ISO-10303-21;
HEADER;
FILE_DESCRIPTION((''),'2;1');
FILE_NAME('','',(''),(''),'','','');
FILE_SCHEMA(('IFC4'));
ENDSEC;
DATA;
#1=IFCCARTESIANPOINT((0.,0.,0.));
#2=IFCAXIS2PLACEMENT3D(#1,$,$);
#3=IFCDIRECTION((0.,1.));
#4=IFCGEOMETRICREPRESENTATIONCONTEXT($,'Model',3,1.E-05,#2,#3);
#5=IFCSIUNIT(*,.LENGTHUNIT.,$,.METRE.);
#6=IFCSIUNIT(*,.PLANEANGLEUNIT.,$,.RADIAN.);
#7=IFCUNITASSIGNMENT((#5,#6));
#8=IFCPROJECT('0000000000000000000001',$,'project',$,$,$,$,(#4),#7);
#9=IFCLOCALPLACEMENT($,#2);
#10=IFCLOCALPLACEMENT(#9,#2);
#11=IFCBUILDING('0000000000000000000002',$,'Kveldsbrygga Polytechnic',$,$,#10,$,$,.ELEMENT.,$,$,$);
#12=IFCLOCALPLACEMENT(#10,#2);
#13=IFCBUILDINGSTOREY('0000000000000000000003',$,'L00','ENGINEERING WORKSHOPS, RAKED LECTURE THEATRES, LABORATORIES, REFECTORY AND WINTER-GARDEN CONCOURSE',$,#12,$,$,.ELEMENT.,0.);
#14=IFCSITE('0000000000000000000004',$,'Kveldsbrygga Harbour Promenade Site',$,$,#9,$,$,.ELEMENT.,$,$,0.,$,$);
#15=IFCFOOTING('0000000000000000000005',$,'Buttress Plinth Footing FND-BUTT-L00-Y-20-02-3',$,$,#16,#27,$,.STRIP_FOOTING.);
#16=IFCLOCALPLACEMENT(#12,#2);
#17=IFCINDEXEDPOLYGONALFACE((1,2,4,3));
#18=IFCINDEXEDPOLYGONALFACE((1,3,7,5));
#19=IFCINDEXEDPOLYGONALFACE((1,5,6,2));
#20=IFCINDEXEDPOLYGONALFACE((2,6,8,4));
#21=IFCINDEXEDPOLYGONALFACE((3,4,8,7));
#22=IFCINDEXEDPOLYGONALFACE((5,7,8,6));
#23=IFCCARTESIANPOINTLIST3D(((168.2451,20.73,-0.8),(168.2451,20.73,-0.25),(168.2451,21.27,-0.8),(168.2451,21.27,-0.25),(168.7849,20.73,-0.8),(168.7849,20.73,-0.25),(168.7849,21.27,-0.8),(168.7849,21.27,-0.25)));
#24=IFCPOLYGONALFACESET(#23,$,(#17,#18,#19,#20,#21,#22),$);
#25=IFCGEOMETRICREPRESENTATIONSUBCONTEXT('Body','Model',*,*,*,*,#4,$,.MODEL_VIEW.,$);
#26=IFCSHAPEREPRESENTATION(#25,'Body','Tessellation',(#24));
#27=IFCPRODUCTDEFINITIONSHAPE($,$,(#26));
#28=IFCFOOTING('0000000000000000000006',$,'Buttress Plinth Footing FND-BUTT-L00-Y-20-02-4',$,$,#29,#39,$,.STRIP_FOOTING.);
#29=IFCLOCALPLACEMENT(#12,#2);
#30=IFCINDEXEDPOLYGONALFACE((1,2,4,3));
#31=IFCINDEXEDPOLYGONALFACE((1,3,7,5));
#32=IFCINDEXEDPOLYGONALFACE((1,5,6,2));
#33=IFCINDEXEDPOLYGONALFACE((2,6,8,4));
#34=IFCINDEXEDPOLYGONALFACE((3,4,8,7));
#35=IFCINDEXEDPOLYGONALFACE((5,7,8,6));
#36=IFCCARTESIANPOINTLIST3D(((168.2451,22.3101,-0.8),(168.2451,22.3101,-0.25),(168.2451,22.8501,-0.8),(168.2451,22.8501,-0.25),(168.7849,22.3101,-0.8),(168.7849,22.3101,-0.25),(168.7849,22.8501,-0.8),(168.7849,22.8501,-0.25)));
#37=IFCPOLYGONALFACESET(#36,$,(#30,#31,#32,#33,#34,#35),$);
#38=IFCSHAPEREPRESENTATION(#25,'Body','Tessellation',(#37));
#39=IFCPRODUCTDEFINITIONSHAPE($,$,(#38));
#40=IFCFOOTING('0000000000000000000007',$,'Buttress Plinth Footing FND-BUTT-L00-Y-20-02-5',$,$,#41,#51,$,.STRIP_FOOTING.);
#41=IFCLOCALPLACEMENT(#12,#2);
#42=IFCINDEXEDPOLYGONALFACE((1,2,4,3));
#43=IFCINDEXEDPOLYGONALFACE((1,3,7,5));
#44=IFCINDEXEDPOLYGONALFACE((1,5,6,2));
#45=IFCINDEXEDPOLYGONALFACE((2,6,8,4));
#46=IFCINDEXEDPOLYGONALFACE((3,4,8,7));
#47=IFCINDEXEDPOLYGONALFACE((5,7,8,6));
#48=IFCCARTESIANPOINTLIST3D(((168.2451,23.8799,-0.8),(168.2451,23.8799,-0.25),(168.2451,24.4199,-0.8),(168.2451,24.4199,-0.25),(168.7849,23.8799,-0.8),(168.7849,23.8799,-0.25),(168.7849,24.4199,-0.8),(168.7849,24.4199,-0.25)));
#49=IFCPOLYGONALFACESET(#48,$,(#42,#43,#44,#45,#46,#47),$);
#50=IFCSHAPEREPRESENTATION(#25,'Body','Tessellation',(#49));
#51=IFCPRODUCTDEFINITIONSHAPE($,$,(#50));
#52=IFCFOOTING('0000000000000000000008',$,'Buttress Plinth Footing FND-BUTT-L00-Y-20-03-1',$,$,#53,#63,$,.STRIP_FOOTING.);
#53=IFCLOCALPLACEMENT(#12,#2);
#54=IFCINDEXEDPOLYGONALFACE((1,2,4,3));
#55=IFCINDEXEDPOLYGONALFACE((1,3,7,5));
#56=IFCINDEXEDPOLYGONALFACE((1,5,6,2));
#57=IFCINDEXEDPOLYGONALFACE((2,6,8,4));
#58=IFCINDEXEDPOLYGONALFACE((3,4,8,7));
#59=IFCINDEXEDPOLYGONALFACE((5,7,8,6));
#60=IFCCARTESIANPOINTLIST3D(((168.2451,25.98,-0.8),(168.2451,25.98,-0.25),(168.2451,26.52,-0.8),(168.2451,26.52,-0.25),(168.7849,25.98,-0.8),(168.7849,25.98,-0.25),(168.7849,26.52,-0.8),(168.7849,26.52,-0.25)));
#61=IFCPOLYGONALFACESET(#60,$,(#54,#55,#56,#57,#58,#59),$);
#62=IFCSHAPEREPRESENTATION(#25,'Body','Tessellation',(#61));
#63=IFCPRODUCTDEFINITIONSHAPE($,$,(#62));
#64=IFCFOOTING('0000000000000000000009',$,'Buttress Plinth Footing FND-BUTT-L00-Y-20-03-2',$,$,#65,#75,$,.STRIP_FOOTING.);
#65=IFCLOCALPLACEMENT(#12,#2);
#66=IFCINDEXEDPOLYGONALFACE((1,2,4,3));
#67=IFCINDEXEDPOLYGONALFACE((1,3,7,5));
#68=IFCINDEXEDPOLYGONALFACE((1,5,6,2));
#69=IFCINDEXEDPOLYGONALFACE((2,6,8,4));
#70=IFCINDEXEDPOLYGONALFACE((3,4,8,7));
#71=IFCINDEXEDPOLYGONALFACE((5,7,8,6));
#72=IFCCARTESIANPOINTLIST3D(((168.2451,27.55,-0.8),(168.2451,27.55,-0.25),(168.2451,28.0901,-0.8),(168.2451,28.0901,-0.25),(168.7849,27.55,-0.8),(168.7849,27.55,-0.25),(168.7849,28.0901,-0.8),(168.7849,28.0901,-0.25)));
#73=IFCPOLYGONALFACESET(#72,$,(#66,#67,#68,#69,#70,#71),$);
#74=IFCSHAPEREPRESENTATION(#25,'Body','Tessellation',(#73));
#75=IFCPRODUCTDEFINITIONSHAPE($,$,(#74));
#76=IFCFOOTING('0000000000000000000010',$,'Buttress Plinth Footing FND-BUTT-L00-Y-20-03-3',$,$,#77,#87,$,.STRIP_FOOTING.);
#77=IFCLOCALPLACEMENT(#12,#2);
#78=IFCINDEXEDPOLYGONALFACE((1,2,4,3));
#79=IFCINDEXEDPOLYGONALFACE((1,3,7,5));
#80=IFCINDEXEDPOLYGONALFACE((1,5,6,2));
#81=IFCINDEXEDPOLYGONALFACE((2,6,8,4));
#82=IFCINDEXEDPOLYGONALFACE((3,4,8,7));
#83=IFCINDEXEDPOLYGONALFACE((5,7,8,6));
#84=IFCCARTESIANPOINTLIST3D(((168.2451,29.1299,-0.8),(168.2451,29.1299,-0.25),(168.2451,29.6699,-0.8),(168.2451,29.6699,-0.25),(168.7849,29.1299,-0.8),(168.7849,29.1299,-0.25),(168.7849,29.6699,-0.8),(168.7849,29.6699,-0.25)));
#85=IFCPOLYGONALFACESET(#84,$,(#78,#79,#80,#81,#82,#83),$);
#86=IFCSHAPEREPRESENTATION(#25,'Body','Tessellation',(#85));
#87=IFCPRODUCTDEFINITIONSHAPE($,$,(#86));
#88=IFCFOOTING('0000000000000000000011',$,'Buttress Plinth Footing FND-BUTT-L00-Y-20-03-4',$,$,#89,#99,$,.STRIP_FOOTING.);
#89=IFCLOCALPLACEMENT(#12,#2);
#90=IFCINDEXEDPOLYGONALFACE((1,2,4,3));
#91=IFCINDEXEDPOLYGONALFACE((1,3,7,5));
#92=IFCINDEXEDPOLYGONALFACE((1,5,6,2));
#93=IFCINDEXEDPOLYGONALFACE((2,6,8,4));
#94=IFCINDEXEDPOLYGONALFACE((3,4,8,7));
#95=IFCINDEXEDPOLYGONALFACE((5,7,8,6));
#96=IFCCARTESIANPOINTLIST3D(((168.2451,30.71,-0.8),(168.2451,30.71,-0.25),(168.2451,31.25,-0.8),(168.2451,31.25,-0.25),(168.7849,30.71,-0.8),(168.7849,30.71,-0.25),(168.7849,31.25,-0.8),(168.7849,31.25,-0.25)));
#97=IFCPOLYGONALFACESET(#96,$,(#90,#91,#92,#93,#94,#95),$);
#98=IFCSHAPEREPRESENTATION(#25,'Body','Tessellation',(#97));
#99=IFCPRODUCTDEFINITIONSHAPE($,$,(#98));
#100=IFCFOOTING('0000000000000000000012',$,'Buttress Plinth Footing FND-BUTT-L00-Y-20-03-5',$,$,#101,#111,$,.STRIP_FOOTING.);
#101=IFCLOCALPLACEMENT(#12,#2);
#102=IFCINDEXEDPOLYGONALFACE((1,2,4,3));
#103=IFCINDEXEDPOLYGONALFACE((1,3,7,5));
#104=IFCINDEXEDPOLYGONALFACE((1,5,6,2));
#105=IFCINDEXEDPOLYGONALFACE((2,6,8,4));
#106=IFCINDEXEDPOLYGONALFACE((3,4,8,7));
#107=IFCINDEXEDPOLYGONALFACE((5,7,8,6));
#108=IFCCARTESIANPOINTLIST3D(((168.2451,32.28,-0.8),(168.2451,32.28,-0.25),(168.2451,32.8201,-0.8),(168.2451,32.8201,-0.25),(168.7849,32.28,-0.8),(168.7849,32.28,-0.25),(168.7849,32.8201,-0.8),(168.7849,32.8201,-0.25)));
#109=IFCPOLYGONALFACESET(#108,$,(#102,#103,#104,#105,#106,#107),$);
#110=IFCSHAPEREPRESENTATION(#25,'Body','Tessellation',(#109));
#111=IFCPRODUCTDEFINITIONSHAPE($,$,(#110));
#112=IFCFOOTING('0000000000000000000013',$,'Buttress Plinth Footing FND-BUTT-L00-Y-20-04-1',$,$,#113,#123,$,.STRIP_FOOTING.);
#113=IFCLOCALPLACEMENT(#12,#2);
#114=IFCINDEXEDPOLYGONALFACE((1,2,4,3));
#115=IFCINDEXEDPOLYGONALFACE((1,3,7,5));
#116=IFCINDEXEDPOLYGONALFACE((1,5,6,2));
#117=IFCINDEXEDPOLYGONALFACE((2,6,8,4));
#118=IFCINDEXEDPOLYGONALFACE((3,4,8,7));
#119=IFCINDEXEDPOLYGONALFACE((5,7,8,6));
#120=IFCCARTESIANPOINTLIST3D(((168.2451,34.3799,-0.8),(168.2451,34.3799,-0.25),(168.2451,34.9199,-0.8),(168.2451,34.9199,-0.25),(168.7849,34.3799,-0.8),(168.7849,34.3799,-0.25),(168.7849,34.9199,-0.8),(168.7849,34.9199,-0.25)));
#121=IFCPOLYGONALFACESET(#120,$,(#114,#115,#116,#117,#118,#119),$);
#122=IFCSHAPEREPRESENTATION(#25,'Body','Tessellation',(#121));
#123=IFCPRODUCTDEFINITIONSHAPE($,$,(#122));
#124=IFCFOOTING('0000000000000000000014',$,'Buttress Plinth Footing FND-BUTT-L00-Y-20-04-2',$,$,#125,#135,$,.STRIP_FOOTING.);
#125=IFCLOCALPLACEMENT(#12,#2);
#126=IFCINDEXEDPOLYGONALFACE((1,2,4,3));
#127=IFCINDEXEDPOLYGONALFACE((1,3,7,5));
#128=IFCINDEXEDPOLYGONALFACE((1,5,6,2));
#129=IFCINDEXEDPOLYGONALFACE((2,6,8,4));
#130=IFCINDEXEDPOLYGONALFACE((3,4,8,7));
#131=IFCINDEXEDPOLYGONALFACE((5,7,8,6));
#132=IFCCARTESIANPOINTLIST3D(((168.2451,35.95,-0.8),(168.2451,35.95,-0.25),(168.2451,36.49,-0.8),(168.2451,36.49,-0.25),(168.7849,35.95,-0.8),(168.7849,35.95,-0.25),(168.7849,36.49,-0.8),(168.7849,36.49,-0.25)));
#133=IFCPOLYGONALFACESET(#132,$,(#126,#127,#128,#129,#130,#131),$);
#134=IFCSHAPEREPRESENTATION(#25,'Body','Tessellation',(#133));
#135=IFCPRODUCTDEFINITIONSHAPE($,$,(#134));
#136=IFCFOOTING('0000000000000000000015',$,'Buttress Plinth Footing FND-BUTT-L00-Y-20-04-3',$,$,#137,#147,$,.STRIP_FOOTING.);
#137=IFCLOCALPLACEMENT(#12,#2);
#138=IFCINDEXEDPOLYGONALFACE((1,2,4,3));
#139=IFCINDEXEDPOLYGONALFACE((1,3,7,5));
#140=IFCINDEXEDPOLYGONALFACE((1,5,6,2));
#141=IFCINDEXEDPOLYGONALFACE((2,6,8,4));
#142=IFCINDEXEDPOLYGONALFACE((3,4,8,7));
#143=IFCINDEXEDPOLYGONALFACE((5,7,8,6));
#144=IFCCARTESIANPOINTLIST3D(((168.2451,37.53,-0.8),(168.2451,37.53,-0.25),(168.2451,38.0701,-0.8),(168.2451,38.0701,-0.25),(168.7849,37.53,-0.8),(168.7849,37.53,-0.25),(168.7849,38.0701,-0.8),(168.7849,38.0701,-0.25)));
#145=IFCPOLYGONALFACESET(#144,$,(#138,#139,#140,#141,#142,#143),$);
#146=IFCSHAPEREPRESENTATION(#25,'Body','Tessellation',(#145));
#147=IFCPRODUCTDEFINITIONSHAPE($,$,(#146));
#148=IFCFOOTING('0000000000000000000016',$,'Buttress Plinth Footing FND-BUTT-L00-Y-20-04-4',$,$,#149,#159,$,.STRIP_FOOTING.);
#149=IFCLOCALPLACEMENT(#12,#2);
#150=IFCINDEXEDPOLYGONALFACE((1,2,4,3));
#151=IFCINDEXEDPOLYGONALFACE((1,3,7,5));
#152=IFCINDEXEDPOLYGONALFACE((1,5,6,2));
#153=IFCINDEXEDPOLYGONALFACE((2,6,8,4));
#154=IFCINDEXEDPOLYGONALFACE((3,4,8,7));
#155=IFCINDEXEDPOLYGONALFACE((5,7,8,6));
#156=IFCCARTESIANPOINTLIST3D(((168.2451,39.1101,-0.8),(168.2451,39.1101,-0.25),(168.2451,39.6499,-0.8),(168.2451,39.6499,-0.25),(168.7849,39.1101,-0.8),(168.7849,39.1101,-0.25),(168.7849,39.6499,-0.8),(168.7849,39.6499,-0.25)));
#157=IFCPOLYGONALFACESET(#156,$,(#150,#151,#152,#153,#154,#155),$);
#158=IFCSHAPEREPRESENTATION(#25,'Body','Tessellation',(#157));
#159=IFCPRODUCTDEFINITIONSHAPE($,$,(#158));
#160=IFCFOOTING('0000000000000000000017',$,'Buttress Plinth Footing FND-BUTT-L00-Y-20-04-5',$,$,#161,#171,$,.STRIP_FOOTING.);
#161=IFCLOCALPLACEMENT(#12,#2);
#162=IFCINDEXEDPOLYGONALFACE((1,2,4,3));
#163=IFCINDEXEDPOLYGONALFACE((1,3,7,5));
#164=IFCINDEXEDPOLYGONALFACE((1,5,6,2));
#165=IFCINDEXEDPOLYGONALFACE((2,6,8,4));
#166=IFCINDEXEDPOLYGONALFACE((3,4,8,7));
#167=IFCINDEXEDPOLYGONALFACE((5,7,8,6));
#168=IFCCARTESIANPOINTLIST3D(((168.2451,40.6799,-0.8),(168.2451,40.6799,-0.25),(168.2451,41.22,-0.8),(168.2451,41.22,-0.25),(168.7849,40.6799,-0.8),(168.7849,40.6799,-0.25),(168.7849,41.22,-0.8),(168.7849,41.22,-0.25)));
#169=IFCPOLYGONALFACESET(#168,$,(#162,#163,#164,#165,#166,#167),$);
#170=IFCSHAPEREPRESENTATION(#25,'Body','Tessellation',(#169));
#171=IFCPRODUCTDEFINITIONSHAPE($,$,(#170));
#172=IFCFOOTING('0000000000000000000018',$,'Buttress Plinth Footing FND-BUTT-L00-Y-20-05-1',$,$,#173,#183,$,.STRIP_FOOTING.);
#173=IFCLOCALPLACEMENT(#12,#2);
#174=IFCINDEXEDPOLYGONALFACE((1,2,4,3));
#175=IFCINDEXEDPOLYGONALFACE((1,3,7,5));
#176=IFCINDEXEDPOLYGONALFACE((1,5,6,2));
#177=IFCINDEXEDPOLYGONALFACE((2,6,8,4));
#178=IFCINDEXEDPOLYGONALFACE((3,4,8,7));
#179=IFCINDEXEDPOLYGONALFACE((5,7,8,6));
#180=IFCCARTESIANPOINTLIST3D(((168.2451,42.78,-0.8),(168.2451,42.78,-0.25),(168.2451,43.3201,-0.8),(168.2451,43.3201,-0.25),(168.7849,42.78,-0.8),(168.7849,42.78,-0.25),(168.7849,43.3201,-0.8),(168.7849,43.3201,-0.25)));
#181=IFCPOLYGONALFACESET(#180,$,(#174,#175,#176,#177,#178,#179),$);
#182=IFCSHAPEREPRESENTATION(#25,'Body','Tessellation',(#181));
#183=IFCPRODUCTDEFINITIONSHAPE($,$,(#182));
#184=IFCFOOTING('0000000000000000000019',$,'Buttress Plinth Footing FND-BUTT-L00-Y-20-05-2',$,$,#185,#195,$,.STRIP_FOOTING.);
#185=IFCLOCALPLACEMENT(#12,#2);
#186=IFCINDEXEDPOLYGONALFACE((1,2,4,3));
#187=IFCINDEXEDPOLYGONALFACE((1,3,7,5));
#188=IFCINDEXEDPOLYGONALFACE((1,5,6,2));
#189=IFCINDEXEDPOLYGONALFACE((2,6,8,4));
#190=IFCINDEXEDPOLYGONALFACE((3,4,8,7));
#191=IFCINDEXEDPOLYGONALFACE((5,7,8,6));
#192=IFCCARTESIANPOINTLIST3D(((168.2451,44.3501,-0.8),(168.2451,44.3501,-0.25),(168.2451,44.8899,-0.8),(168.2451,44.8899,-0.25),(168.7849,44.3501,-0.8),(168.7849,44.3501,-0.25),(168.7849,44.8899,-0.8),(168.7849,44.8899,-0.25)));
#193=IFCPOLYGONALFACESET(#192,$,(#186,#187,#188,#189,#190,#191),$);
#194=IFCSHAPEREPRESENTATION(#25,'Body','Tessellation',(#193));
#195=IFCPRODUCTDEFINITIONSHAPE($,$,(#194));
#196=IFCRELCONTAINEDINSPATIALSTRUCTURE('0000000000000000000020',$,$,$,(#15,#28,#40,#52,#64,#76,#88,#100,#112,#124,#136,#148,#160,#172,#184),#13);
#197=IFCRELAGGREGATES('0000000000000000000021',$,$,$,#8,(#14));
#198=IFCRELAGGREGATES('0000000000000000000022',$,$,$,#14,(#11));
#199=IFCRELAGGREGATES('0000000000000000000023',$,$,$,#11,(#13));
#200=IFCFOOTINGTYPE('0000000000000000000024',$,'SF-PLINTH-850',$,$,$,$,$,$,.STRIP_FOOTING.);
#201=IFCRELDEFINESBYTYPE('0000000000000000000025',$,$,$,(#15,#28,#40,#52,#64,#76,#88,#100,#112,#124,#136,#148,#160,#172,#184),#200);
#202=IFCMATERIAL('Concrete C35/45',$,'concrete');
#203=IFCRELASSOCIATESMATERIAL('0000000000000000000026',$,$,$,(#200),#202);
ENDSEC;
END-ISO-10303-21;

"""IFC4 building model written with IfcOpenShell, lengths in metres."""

from ifc_helpers import new_model, si_unit, direction, frame, origin, place, context, subcontext, project, spatial, polyline, outline, extrude, material, type_object, element, save


model = new_model("IFC4")

# Units and contexts
model_context = context("Model", 3, precision=1e-05, world=origin(), true_north=direction((0.0, 1.0)))
body_context = subcontext(model_context, "Body", "Model", "MODEL_VIEW")
ifc_project = project(units=[si_unit("LENGTHUNIT", "METRE"), si_unit("PLANEANGLEUNIT", "RADIAN")], contexts=[model_context])

# Site, building, storey
site_placement = place(None, origin())
site = spatial("IfcSite", under=ifc_project, at=site_placement, Name="Kveldsbrygga Harbour Promenade Site", CompositionType="ELEMENT", RefElevation=0.0)
building_placement = place(site_placement, origin())
building = spatial("IfcBuilding", under=site, at=building_placement, Name="Kveldsbrygga Polytechnic", CompositionType="ELEMENT")
storey_placement = place(building_placement, origin())
storey = spatial("IfcBuildingStorey", under=building, at=storey_placement, Name="L00", Description="ENGINEERING WORKSHOPS, RAKED LECTURE THEATRES, LABORATORIES, REFECTORY AND WINTER-GARDEN CONCOURSE", CompositionType="ELEMENT", Elevation=0.0)

# Footings
ifc_material = material(Name="Concrete C35/45", Category="concrete")
footing_type = type_object("IfcFootingType", Name="SF-PLINTH-850", PredefinedType="STRIP_FOOTING", material=ifc_material)
footing_1_placement = place(storey_placement, frame((0.0, 0.0, -0.8)))
element("IfcFooting", 1, at=footing_1_placement, inside=storey, type_object=footing_type, Name="Buttress Plinth Footing FND-BUTT-L00-Y-20-02-3", PredefinedType="STRIP_FOOTING", context=body_context, shape_type="SweptSolid", body=[
    extrude(outline(polyline([(168.2451, 20.73), (168.7849, 20.73), (168.7849, 21.27), (168.2451, 21.27), (168.2451, 20.73)])), origin(), (0.0, 0.0, 1.0), 0.55),
])
footing_2_placement = place(storey_placement, frame((0.0, 0.0, -0.8)))
element("IfcFooting", 2, at=footing_2_placement, inside=storey, type_object=footing_type, Name="Buttress Plinth Footing FND-BUTT-L00-Y-20-02-4", PredefinedType="STRIP_FOOTING", context=body_context, shape_type="SweptSolid", body=[
    extrude(outline(polyline([(168.2451, 22.3101), (168.7849, 22.3101), (168.7849, 22.8501), (168.2451, 22.8501), (168.2451, 22.3101)])), origin(), (0.0, 0.0, 1.0), 0.55),
])
footing_3_placement = place(storey_placement, frame((0.0, 0.0, -0.8)))
element("IfcFooting", 3, at=footing_3_placement, inside=storey, type_object=footing_type, Name="Buttress Plinth Footing FND-BUTT-L00-Y-20-02-5", PredefinedType="STRIP_FOOTING", context=body_context, shape_type="SweptSolid", body=[
    extrude(outline(polyline([(168.2451, 23.8799), (168.7849, 23.8799), (168.7849, 24.4199), (168.2451, 24.4199), (168.2451, 23.8799)])), origin(), (0.0, 0.0, 1.0), 0.55),
])
footing_4_placement = place(storey_placement, frame((0.0, 0.0, -0.8)))
element("IfcFooting", 4, at=footing_4_placement, inside=storey, type_object=footing_type, Name="Buttress Plinth Footing FND-BUTT-L00-Y-20-03-1", PredefinedType="STRIP_FOOTING", context=body_context, shape_type="SweptSolid", body=[
    extrude(outline(polyline([(168.2451, 25.98), (168.7849, 25.98), (168.7849, 26.52), (168.2451, 26.52), (168.2451, 25.98)])), origin(), (0.0, 0.0, 1.0), 0.55),
])
footing_5_placement = place(storey_placement, frame((0.0, 0.0, -0.8)))
element("IfcFooting", 5, at=footing_5_placement, inside=storey, type_object=footing_type, Name="Buttress Plinth Footing FND-BUTT-L00-Y-20-03-2", PredefinedType="STRIP_FOOTING", context=body_context, shape_type="SweptSolid", body=[
    extrude(outline(polyline([(168.2451, 27.55), (168.7849, 27.55), (168.7849, 28.0901), (168.2451, 28.0901), (168.2451, 27.55)])), origin(), (0.0, 0.0, 1.0), 0.55),
])
footing_6_placement = place(storey_placement, frame((0.0, 0.0, -0.8)))
element("IfcFooting", 6, at=footing_6_placement, inside=storey, type_object=footing_type, Name="Buttress Plinth Footing FND-BUTT-L00-Y-20-03-3", PredefinedType="STRIP_FOOTING", context=body_context, shape_type="SweptSolid", body=[
    extrude(outline(polyline([(168.2451, 29.1299), (168.7849, 29.1299), (168.7849, 29.6699), (168.2451, 29.6699), (168.2451, 29.1299)])), origin(), (0.0, 0.0, 1.0), 0.55),
])
footing_7_placement = place(storey_placement, frame((0.0, 0.0, -0.8)))
element("IfcFooting", 7, at=footing_7_placement, inside=storey, type_object=footing_type, Name="Buttress Plinth Footing FND-BUTT-L00-Y-20-03-4", PredefinedType="STRIP_FOOTING", context=body_context, shape_type="SweptSolid", body=[
    extrude(outline(polyline([(168.2451, 30.71), (168.7849, 30.71), (168.7849, 31.25), (168.2451, 31.25), (168.2451, 30.71)])), origin(), (0.0, 0.0, 1.0), 0.55),
])
footing_8_placement = place(storey_placement, frame((0.0, 0.0, -0.8)))
element("IfcFooting", 8, at=footing_8_placement, inside=storey, type_object=footing_type, Name="Buttress Plinth Footing FND-BUTT-L00-Y-20-03-5", PredefinedType="STRIP_FOOTING", context=body_context, shape_type="SweptSolid", body=[
    extrude(outline(polyline([(168.2451, 32.28), (168.7849, 32.28), (168.7849, 32.8201), (168.2451, 32.8201), (168.2451, 32.28)])), origin(), (0.0, 0.0, 1.0), 0.55),
])
footing_9_placement = place(storey_placement, frame((0.0, 0.0, -0.8)))
element("IfcFooting", 9, at=footing_9_placement, inside=storey, type_object=footing_type, Name="Buttress Plinth Footing FND-BUTT-L00-Y-20-04-1", PredefinedType="STRIP_FOOTING", context=body_context, shape_type="SweptSolid", body=[
    extrude(outline(polyline([(168.2451, 34.3799), (168.7849, 34.3799), (168.7849, 34.9199), (168.2451, 34.9199), (168.2451, 34.3799)])), origin(), (0.0, 0.0, 1.0), 0.55),
])
footing_10_placement = place(storey_placement, frame((0.0, 0.0, -0.8)))
element("IfcFooting", 10, at=footing_10_placement, inside=storey, type_object=footing_type, Name="Buttress Plinth Footing FND-BUTT-L00-Y-20-04-2", PredefinedType="STRIP_FOOTING", context=body_context, shape_type="SweptSolid", body=[
    extrude(outline(polyline([(168.2451, 35.95), (168.7849, 35.95), (168.7849, 36.49), (168.2451, 36.49), (168.2451, 35.95)])), origin(), (0.0, 0.0, 1.0), 0.55),
])
footing_11_placement = place(storey_placement, frame((0.0, 0.0, -0.8)))
element("IfcFooting", 11, at=footing_11_placement, inside=storey, type_object=footing_type, Name="Buttress Plinth Footing FND-BUTT-L00-Y-20-04-3", PredefinedType="STRIP_FOOTING", context=body_context, shape_type="SweptSolid", body=[
    extrude(outline(polyline([(168.2451, 37.53), (168.7849, 37.53), (168.7849, 38.0701), (168.2451, 38.0701), (168.2451, 37.53)])), origin(), (0.0, 0.0, 1.0), 0.55),
])
footing_12_placement = place(storey_placement, frame((0.0, 0.0, -0.8)))
element("IfcFooting", 12, at=footing_12_placement, inside=storey, type_object=footing_type, Name="Buttress Plinth Footing FND-BUTT-L00-Y-20-04-4", PredefinedType="STRIP_FOOTING", context=body_context, shape_type="SweptSolid", body=[
    extrude(outline(polyline([(168.2451, 39.1101), (168.7849, 39.1101), (168.7849, 39.6499), (168.2451, 39.6499), (168.2451, 39.1101)])), origin(), (0.0, 0.0, 1.0), 0.55),
])
footing_13_placement = place(storey_placement, frame((0.0, 0.0, -0.8)))
element("IfcFooting", 13, at=footing_13_placement, inside=storey, type_object=footing_type, Name="Buttress Plinth Footing FND-BUTT-L00-Y-20-04-5", PredefinedType="STRIP_FOOTING", context=body_context, shape_type="SweptSolid", body=[
    extrude(outline(polyline([(168.2451, 40.6799), (168.7849, 40.6799), (168.7849, 41.22), (168.2451, 41.22), (168.2451, 40.6799)])), origin(), (0.0, 0.0, 1.0), 0.55),
])
footing_14_placement = place(storey_placement, frame((0.0, 0.0, -0.8)))
element("IfcFooting", 14, at=footing_14_placement, inside=storey, type_object=footing_type, Name="Buttress Plinth Footing FND-BUTT-L00-Y-20-05-1", PredefinedType="STRIP_FOOTING", context=body_context, shape_type="SweptSolid", body=[
    extrude(outline(polyline([(168.2451, 42.78), (168.7849, 42.78), (168.7849, 43.3201), (168.2451, 43.3201), (168.2451, 42.78)])), origin(), (0.0, 0.0, 1.0), 0.55),
])
footing_15_placement = place(storey_placement, frame((0.0, 0.0, -0.8)))
element("IfcFooting", 15, at=footing_15_placement, inside=storey, type_object=footing_type, Name="Buttress Plinth Footing FND-BUTT-L00-Y-20-05-2", PredefinedType="STRIP_FOOTING", context=body_context, shape_type="SweptSolid", body=[
    extrude(outline(polyline([(168.2451, 44.3501), (168.7849, 44.3501), (168.7849, 44.8899), (168.2451, 44.8899), (168.2451, 44.3501)])), origin(), (0.0, 0.0, 1.0), 0.55),
])

save(model, "model.ifc")
